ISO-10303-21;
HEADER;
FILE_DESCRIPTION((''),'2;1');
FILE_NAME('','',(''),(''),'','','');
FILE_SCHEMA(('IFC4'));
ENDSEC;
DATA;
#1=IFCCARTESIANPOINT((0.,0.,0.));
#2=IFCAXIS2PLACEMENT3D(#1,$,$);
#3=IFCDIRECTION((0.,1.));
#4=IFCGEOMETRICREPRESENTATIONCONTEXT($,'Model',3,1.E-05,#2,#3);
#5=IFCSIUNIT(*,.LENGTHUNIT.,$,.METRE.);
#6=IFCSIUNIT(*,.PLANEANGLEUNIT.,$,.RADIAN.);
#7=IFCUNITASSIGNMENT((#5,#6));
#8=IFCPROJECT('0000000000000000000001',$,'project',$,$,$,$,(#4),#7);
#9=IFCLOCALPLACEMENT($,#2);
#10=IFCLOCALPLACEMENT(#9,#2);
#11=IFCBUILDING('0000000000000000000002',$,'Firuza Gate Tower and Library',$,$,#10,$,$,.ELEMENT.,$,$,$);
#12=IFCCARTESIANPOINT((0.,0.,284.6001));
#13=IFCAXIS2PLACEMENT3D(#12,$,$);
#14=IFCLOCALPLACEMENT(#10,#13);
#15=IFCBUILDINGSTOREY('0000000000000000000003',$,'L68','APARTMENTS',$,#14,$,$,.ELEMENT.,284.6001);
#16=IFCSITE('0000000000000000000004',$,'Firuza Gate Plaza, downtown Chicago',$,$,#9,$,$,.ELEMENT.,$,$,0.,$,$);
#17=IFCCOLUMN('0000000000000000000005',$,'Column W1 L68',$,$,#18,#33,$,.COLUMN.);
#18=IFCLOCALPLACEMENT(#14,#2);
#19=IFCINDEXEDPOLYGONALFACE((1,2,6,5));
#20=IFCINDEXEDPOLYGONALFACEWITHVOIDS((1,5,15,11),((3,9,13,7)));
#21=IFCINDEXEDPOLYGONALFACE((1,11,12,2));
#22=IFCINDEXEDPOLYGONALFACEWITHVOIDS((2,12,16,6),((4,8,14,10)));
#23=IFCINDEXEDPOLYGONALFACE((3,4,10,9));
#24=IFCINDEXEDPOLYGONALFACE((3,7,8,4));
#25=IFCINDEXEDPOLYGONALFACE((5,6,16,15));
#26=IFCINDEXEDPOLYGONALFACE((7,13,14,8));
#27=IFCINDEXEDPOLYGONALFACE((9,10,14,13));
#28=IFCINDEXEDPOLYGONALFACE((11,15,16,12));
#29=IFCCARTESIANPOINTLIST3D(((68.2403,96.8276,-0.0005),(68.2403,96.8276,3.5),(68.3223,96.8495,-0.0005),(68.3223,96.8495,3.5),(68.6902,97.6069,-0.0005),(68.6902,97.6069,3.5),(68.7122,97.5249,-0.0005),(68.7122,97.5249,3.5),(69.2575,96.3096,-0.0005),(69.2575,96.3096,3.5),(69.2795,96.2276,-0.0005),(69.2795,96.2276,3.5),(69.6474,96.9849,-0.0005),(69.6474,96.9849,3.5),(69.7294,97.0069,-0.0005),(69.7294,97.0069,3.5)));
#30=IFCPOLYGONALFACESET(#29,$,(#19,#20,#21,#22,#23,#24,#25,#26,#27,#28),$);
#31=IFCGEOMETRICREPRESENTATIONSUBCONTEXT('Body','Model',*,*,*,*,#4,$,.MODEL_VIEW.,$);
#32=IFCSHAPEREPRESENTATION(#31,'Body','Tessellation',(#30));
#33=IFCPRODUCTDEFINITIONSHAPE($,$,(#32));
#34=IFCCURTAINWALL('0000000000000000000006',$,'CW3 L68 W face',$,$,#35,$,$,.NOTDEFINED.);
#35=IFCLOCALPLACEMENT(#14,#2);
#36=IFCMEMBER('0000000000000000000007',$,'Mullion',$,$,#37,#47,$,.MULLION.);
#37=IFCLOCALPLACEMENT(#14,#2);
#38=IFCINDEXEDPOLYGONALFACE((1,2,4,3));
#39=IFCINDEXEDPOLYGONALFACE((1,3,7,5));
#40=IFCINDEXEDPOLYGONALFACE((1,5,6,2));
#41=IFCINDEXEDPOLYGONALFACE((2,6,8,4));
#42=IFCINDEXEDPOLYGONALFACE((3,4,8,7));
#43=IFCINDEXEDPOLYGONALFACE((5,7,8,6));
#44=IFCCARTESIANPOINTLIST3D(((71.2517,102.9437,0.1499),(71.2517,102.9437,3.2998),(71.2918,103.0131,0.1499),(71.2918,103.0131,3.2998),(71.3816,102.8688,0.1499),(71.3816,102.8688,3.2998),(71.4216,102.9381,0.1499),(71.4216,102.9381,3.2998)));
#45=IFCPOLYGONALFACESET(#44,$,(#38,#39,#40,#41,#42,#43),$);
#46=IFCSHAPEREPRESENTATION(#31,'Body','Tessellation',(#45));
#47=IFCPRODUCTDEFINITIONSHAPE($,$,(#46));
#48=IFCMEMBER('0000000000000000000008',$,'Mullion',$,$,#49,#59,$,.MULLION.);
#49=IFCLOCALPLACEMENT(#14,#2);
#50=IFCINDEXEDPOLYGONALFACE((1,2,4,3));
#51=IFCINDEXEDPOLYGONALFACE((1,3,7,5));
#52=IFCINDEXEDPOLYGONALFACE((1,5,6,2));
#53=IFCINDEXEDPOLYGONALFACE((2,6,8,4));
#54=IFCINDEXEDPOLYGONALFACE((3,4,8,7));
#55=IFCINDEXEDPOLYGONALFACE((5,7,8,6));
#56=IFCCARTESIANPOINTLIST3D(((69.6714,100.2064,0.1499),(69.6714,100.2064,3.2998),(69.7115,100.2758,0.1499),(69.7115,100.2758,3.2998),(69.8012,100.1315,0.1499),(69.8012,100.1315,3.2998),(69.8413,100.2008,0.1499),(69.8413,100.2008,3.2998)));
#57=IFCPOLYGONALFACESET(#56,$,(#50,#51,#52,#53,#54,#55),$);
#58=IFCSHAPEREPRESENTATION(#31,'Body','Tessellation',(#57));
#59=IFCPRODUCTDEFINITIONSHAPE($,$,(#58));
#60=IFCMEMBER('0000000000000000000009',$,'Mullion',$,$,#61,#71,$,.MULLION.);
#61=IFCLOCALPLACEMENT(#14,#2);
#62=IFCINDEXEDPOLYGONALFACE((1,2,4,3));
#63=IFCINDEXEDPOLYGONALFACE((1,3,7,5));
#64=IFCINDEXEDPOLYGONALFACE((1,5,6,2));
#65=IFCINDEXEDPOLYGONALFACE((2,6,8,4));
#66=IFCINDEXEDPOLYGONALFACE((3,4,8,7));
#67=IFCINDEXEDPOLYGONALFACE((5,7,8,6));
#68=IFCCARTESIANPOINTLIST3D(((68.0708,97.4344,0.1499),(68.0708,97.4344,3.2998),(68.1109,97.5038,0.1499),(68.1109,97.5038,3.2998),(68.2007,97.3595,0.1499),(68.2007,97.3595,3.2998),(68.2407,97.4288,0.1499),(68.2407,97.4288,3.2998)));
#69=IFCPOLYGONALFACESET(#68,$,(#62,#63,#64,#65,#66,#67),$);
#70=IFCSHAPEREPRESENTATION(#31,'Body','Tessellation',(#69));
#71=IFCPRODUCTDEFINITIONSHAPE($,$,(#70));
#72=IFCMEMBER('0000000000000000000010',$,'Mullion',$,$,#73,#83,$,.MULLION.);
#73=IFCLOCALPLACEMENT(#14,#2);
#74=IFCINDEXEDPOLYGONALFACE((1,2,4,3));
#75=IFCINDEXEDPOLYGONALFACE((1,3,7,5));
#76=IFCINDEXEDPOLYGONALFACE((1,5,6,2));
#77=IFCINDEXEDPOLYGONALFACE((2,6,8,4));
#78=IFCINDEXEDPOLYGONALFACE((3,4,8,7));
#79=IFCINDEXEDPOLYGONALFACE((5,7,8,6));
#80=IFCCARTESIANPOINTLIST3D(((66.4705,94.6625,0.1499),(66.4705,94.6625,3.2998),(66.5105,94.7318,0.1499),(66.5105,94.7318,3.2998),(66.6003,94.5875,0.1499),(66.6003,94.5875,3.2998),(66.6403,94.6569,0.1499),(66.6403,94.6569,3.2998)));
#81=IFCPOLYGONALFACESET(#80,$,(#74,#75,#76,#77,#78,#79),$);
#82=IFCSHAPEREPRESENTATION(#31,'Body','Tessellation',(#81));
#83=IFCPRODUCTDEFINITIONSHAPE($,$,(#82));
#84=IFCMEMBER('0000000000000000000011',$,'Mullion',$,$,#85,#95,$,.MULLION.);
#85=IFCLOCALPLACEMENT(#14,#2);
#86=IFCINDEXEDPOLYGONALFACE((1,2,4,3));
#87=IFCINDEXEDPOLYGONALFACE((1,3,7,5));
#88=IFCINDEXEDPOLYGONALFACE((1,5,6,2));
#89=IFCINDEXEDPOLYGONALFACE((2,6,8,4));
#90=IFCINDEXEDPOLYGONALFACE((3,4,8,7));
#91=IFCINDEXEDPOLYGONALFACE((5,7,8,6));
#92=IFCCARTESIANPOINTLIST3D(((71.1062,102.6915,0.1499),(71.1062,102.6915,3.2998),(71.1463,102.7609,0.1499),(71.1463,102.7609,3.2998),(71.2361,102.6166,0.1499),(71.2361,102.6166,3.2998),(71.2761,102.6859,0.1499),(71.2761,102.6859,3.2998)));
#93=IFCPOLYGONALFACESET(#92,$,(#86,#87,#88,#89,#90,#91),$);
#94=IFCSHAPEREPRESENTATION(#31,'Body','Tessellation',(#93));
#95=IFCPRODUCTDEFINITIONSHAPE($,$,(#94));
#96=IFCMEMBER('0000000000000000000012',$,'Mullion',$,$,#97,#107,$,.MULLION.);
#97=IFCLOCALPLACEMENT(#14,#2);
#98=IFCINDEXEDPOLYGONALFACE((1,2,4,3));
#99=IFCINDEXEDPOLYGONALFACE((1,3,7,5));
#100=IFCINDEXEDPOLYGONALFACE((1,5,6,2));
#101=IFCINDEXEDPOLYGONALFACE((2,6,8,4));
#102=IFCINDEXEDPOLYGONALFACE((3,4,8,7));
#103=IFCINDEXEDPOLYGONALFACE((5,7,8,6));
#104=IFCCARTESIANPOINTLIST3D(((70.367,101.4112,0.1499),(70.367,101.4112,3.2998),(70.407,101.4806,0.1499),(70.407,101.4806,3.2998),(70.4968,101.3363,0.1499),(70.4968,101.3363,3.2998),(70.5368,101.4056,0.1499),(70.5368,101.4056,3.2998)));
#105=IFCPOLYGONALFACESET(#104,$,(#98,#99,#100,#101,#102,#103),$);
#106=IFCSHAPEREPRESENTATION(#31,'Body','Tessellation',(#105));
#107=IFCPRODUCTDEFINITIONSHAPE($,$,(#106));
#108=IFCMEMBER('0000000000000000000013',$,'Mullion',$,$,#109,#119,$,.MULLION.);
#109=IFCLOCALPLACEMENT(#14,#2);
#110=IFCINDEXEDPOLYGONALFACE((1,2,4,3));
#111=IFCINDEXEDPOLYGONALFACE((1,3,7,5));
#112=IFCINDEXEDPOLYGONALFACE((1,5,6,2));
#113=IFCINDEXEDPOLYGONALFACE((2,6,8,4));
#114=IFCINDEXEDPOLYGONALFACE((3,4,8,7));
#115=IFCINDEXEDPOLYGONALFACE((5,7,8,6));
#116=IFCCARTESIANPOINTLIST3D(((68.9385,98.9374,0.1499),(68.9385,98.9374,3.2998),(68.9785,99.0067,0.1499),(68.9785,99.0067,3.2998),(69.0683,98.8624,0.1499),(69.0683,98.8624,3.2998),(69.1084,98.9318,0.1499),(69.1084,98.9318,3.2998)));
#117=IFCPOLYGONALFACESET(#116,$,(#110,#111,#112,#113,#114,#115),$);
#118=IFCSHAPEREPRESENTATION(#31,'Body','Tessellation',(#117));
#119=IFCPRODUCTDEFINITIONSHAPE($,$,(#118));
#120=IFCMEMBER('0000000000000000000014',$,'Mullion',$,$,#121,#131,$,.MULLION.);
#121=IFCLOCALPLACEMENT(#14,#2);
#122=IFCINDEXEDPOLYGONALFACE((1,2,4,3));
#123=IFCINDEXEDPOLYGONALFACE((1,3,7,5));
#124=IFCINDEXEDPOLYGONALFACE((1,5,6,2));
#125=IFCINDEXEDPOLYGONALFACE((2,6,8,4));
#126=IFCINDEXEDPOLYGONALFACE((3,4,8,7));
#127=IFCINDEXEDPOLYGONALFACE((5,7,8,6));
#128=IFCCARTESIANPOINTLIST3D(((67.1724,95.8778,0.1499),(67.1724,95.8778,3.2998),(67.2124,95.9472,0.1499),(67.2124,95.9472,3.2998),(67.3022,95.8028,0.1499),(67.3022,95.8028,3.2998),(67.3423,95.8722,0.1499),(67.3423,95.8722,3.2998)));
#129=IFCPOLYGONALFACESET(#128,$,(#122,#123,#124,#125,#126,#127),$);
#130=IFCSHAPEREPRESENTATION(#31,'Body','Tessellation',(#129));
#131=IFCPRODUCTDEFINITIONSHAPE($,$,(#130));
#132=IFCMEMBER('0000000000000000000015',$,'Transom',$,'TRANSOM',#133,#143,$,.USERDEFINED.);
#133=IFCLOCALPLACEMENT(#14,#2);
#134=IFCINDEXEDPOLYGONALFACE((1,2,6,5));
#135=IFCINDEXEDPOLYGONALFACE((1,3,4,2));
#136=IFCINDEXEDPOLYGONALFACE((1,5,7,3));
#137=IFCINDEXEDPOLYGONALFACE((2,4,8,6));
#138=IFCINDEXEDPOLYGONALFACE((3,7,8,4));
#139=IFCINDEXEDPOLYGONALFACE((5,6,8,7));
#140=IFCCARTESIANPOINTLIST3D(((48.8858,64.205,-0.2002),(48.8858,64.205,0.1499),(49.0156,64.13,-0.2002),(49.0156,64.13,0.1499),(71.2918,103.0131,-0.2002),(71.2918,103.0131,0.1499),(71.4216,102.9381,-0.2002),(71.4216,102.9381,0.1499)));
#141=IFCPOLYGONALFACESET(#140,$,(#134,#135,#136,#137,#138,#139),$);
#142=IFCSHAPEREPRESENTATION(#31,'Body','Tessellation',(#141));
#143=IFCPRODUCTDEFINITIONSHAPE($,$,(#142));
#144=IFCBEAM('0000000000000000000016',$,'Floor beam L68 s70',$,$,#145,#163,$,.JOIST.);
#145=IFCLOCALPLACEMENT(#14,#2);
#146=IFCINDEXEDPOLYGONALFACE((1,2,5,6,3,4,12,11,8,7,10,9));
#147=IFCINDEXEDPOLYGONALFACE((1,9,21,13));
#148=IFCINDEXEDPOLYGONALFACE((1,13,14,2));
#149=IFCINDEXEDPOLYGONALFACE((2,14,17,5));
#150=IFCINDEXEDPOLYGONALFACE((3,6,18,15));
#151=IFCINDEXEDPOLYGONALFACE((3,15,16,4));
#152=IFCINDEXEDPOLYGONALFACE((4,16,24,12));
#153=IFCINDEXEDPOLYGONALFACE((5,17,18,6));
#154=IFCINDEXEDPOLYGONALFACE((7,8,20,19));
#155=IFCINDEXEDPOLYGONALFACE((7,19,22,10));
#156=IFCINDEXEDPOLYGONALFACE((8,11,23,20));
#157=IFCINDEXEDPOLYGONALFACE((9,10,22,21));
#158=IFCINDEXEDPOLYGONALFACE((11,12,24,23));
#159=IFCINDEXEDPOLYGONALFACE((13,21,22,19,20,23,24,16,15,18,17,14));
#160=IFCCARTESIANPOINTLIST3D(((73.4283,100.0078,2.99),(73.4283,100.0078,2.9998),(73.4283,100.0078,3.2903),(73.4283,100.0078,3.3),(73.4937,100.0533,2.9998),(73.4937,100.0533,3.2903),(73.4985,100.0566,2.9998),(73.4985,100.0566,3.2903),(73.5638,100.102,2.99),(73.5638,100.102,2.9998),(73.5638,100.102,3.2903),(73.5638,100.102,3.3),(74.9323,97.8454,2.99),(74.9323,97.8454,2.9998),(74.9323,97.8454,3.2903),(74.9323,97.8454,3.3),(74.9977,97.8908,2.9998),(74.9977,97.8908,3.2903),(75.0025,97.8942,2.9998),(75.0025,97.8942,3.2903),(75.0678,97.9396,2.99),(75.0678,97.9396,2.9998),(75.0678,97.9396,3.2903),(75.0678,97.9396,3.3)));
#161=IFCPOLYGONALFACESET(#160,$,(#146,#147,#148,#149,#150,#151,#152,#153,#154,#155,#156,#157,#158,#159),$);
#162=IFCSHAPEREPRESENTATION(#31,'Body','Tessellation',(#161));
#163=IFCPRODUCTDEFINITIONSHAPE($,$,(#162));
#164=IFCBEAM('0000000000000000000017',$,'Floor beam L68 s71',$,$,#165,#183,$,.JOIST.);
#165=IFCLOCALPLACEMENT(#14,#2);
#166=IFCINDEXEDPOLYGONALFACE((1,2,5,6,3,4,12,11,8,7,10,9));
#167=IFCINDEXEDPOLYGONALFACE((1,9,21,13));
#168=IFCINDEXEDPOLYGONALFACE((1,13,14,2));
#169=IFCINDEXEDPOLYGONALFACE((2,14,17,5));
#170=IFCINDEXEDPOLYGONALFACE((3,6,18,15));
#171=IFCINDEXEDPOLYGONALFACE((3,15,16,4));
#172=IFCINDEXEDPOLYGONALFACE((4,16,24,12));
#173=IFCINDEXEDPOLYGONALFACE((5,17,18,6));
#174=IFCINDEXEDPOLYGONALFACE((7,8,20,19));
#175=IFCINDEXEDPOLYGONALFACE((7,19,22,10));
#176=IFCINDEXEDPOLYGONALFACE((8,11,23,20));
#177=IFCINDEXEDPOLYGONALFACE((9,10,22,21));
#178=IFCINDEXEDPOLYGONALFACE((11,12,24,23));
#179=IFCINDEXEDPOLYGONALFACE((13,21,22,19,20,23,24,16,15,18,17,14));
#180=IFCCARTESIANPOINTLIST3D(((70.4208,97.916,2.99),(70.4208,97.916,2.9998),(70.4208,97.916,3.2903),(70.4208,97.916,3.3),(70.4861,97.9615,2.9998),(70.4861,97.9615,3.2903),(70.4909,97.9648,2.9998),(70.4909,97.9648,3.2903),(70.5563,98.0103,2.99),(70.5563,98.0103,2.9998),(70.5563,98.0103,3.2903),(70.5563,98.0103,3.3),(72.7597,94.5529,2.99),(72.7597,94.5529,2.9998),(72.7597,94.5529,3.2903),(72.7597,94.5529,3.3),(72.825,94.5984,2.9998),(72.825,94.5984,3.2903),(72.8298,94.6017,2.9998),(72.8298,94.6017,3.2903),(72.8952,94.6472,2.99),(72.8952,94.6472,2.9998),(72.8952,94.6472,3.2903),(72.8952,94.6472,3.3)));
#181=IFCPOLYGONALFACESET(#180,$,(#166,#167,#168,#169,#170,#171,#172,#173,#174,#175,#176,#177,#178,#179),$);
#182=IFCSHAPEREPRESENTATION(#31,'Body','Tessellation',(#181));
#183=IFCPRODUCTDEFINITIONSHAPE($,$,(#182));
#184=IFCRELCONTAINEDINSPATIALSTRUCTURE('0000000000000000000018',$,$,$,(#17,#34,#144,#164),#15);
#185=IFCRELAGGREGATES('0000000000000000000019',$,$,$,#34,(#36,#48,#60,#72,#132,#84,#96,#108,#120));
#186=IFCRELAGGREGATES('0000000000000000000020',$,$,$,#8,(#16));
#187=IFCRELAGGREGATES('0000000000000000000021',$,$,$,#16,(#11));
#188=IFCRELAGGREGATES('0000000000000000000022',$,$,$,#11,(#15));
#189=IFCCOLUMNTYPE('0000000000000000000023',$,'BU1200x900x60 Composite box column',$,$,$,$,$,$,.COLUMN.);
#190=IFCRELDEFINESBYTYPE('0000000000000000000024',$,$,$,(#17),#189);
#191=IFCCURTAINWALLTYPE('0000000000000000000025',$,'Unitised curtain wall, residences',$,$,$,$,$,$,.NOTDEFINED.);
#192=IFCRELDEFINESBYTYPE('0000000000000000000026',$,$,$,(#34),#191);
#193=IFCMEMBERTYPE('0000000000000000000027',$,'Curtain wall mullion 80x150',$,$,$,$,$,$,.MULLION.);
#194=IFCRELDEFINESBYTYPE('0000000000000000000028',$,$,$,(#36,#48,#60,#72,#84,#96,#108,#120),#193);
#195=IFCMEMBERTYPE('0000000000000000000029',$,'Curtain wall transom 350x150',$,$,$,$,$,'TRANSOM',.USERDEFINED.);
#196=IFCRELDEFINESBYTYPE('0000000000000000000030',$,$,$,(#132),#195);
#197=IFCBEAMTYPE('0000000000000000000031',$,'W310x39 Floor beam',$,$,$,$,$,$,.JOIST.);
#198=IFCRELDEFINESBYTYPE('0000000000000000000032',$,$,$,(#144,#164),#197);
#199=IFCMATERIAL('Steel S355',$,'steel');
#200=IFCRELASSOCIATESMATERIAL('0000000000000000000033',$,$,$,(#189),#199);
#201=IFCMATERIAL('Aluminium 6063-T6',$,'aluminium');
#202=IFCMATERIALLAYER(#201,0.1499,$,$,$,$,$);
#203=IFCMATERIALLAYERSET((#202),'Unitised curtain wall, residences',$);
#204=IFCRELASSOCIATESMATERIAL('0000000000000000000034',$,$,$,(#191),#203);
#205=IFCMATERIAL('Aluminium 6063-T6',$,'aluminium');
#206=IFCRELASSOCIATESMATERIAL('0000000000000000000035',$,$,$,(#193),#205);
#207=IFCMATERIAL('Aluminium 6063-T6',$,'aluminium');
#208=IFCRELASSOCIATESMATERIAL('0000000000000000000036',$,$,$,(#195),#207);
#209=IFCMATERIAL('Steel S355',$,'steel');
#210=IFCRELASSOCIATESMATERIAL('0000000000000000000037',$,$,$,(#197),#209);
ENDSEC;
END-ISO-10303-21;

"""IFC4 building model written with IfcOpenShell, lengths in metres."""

from ifc_helpers import new_model, si_unit, direction, frame, origin, origin_2d, place, context, subcontext, project, spatial, rectangle, hollow_rectangle, i_section, extrude, material, layer, layer_set, material_profile, profile_set, type_object, element, aggregate, save


model = new_model("IFC4")

# Units and contexts
model_context = context("Model", 3, precision=1e-05, world=origin(), true_north=direction((0.0, 1.0)))
body_context = subcontext(model_context, "Body", "Model", "MODEL_VIEW")
ifc_project = project(units=[si_unit("LENGTHUNIT", "METRE"), si_unit("PLANEANGLEUNIT", "RADIAN")], contexts=[model_context])

# Site, building, storey
site_placement = place(None, origin())
site = spatial("IfcSite", under=ifc_project, at=site_placement, Name="Firuza Gate Plaza, downtown Chicago", CompositionType="ELEMENT", RefElevation=0.0)
building_placement = place(site_placement, origin())
building = spatial("IfcBuilding", under=site, at=building_placement, Name="Firuza Gate Tower and Library", CompositionType="ELEMENT")
storey_placement = place(building_placement, frame((0.0, 0.0, 284.6001)))
storey = spatial("IfcBuildingStorey", under=building, at=storey_placement, Name="L68", Description="APARTMENTS", CompositionType="ELEMENT", Elevation=284.6001)

# Column
ifc_material_1 = material(Name="Steel S355", Category="steel")
ifc_material_profile_1 = material_profile(ifc_material_1, hollow_rectangle(XDim=0.8999, YDim=1.2, WallThickness=0.0601, at=origin_2d()))
ifc_profile_set_1 = profile_set([ifc_material_profile_1], Name="Steel S355")
column_type = type_object("IfcColumnType", Name="BU1200x900x60 Composite box column", PredefinedType="COLUMN", material=ifc_profile_set_1)
column_placement = place(storey_placement, frame((68.9849, 96.9172, -0.0005), z_axis=(0.0, 0.0, 1.0), x_axis=(-0.5, -0.866025, 0.0)))
element("IfcColumn", 1, at=column_placement, inside=storey, type_object=column_type, Name="Column W1 L68", PredefinedType="COLUMN", context=body_context, shape_type="SweptSolid", body=[
    extrude(hollow_rectangle(XDim=0.8999, YDim=1.2, WallThickness=0.0601, at=origin_2d()), origin(), (0.0, 0.0, 1.0), 3.5005),
])

# Curtain wall, members
ifc_material_2 = material(Name="Aluminium 6063-T6", Category="aluminium")
ifc_layer_1 = layer(ifc_material_2, 0.1499)
ifc_layer_set_1 = layer_set([ifc_layer_1], Name="Unitised curtain wall, residences")
curtain_wall_type = type_object("IfcCurtainWallType", Name="Unitised curtain wall, residences", PredefinedType="NOTDEFINED", material=ifc_layer_set_1)
curtain_wall_placement = place(storey_placement, origin())
curtain_wall = element("IfcCurtainWall", 2, at=curtain_wall_placement, inside=storey, type_object=curtain_wall_type, Name="CW3 L68 W face", PredefinedType="NOTDEFINED")
ifc_material_3 = material(Name="Aluminium 6063-T6", Category="aluminium")
ifc_material_profile_2 = material_profile(ifc_material_3, rectangle(XDim=0.1499, YDim=0.0801, at=origin_2d()))
ifc_profile_set_2 = profile_set([ifc_material_profile_2], Name="Aluminium 6063-T6")
member_type_1 = type_object("IfcMemberType", Name="Curtain wall mullion 80x150", PredefinedType="MULLION", material=ifc_profile_set_2)
member_1_placement = place(storey_placement, frame((71.3367, 102.9409, 0.1499), z_axis=(0.0, 0.0, 1.0), x_axis=(0.866025, -0.5, 0.0)))
member_1 = element("IfcMember", 3, at=member_1_placement, type_object=member_type_1, Name="Mullion", PredefinedType="MULLION", context=body_context, shape_type="SweptSolid", body=[
    extrude(rectangle(XDim=0.1499, YDim=0.0801, at=origin_2d()), origin(), (0.0, 0.0, 1.0), 3.1499),
])
member_2_placement = place(storey_placement, frame((69.7563, 100.2036, 0.1499), z_axis=(0.0, 0.0, 1.0), x_axis=(0.866025, -0.5, 0.0)))
member_2 = element("IfcMember", 4, at=member_2_placement, type_object=member_type_1, Name="Mullion", PredefinedType="MULLION", context=body_context, shape_type="SweptSolid", body=[
    extrude(rectangle(XDim=0.1499, YDim=0.0801, at=origin_2d()), origin(), (0.0, 0.0, 1.0), 3.1499),
])
member_3_placement = place(storey_placement, frame((68.1558, 97.4316, 0.1499), z_axis=(0.0, 0.0, 1.0), x_axis=(0.866025, -0.5, 0.0)))
member_3 = element("IfcMember", 5, at=member_3_placement, type_object=member_type_1, Name="Mullion", PredefinedType="MULLION", context=body_context, shape_type="SweptSolid", body=[
    extrude(rectangle(XDim=0.1499, YDim=0.0801, at=origin_2d()), origin(), (0.0, 0.0, 1.0), 3.1499),
])
member_4_placement = place(storey_placement, frame((66.5554, 94.6597, 0.1499), z_axis=(0.0, 0.0, 1.0), x_axis=(0.866025, -0.5, 0.0)))
member_4 = element("IfcMember", 6, at=member_4_placement, type_object=member_type_1, Name="Mullion", PredefinedType="MULLION", context=body_context, shape_type="SweptSolid", body=[
    extrude(rectangle(XDim=0.1499, YDim=0.0801, at=origin_2d()), origin(), (0.0, 0.0, 1.0), 3.1499),
])
member_5_placement = place(storey_placement, frame((71.1912, 102.6887, 0.1499), z_axis=(0.0, 0.0, 1.0), x_axis=(0.866025, -0.5, 0.0)))
member_5 = element("IfcMember", 7, at=member_5_placement, type_object=member_type_1, Name="Mullion", PredefinedType="MULLION", context=body_context, shape_type="SweptSolid", body=[
    extrude(rectangle(XDim=0.1499, YDim=0.0801, at=origin_2d()), origin(), (0.0, 0.0, 1.0), 3.1499),
])
member_6_placement = place(storey_placement, frame((70.4519, 101.4084, 0.1499), z_axis=(0.0, 0.0, 1.0), x_axis=(0.866025, -0.5, 0.0)))
member_6 = element("IfcMember", 8, at=member_6_placement, type_object=member_type_1, Name="Mullion", PredefinedType="MULLION", context=body_context, shape_type="SweptSolid", body=[
    extrude(rectangle(XDim=0.1499, YDim=0.0801, at=origin_2d()), origin(), (0.0, 0.0, 1.0), 3.1499),
])
member_7_placement = place(storey_placement, frame((69.0234, 98.9346, 0.1499), z_axis=(0.0, 0.0, 1.0), x_axis=(0.866025, -0.5, 0.0)))
member_7 = element("IfcMember", 9, at=member_7_placement, type_object=member_type_1, Name="Mullion", PredefinedType="MULLION", context=body_context, shape_type="SweptSolid", body=[
    extrude(rectangle(XDim=0.1499, YDim=0.0801, at=origin_2d()), origin(), (0.0, 0.0, 1.0), 3.1499),
])
member_8_placement = place(storey_placement, frame((67.2573, 95.875, 0.1499), z_axis=(0.0, 0.0, 1.0), x_axis=(0.866025, -0.5, 0.0)))
member_8 = element("IfcMember", 10, at=member_8_placement, type_object=member_type_1, Name="Mullion", PredefinedType="MULLION", context=body_context, shape_type="SweptSolid", body=[
    extrude(rectangle(XDim=0.1499, YDim=0.0801, at=origin_2d()), origin(), (0.0, 0.0, 1.0), 3.1499),
])
ifc_material_4 = material(Name="Aluminium 6063-T6", Category="aluminium")
ifc_material_profile_3 = material_profile(ifc_material_4, rectangle(XDim=0.1499, YDim=0.3501, at=origin_2d()))
ifc_profile_set_3 = profile_set([ifc_material_profile_3], Name="Aluminium 6063-T6")
member_type_2 = type_object("IfcMemberType", Name="Curtain wall transom 350x150", ElementType="TRANSOM", PredefinedType="USERDEFINED", material=ifc_profile_set_3)
member_9_placement = place(storey_placement, frame((71.3567, 102.9756, -0.0251), z_axis=(-0.500002, -0.866024, 0.0), x_axis=(0.866024, -0.500002, 0.0)))
member_9 = element("IfcMember", 11, at=member_9_placement, type_object=member_type_2, Name="Transom", ObjectType="TRANSOM", PredefinedType="USERDEFINED", context=body_context, shape_type="SweptSolid", body=[
    extrude(rectangle(XDim=0.1499, YDim=0.3501, at=origin_2d()), origin(), (0.0, 0.0, 1.0), 44.8118),
])

# Beams
ifc_material_5 = material(Name="Steel S355", Category="steel")
ifc_material_profile_4 = material_profile(ifc_material_5, i_section(OverallWidth=0.165, OverallDepth=0.3101, WebThickness=0.0059, FlangeThickness=0.0098, at=origin_2d()))
ifc_profile_set_4 = profile_set([ifc_material_profile_4], Name="Steel S355")
beam_type_1 = type_object("IfcBeamType", Name="W310x39 Floor beam", PredefinedType="JOIST", material=ifc_profile_set_4)
beam_1_placement = place(storey_placement, frame((73.4961, 100.0549, 3.145), z_axis=(0.570978, -0.820966, 0.0), x_axis=(0.820966, 0.570978, 0.0)))
element("IfcBeam", 12, at=beam_1_placement, inside=storey, type_object=beam_type_1, Name="Floor beam L68 s70", PredefinedType="JOIST", context=body_context, shape_type="SweptSolid", body=[
    extrude(i_section(OverallWidth=0.165, OverallDepth=0.3101, WebThickness=0.0059, FlangeThickness=0.0098, at=origin_2d()), origin(), (0.0, 0.0, 1.0), 2.634),
])
beam_2_placement = place(storey_placement, frame((70.4885, 97.9631, 3.145), z_axis=(0.57096, -0.820978, 0.0), x_axis=(0.820978, 0.57096, 0.0)))
element("IfcBeam", 13, at=beam_2_placement, inside=storey, type_object=beam_type_1, Name="Floor beam L68 s71", PredefinedType="JOIST", context=body_context, shape_type="SweptSolid", body=[
    extrude(i_section(OverallWidth=0.165, OverallDepth=0.3101, WebThickness=0.0059, FlangeThickness=0.0098, at=origin_2d()), origin(), (0.0, 0.0, 1.0), 4.0964),
])

aggregate(curtain_wall, [member_1, member_2, member_3, member_4, member_9, member_5, member_6, member_7, member_8])

save(model, "model.ifc")
